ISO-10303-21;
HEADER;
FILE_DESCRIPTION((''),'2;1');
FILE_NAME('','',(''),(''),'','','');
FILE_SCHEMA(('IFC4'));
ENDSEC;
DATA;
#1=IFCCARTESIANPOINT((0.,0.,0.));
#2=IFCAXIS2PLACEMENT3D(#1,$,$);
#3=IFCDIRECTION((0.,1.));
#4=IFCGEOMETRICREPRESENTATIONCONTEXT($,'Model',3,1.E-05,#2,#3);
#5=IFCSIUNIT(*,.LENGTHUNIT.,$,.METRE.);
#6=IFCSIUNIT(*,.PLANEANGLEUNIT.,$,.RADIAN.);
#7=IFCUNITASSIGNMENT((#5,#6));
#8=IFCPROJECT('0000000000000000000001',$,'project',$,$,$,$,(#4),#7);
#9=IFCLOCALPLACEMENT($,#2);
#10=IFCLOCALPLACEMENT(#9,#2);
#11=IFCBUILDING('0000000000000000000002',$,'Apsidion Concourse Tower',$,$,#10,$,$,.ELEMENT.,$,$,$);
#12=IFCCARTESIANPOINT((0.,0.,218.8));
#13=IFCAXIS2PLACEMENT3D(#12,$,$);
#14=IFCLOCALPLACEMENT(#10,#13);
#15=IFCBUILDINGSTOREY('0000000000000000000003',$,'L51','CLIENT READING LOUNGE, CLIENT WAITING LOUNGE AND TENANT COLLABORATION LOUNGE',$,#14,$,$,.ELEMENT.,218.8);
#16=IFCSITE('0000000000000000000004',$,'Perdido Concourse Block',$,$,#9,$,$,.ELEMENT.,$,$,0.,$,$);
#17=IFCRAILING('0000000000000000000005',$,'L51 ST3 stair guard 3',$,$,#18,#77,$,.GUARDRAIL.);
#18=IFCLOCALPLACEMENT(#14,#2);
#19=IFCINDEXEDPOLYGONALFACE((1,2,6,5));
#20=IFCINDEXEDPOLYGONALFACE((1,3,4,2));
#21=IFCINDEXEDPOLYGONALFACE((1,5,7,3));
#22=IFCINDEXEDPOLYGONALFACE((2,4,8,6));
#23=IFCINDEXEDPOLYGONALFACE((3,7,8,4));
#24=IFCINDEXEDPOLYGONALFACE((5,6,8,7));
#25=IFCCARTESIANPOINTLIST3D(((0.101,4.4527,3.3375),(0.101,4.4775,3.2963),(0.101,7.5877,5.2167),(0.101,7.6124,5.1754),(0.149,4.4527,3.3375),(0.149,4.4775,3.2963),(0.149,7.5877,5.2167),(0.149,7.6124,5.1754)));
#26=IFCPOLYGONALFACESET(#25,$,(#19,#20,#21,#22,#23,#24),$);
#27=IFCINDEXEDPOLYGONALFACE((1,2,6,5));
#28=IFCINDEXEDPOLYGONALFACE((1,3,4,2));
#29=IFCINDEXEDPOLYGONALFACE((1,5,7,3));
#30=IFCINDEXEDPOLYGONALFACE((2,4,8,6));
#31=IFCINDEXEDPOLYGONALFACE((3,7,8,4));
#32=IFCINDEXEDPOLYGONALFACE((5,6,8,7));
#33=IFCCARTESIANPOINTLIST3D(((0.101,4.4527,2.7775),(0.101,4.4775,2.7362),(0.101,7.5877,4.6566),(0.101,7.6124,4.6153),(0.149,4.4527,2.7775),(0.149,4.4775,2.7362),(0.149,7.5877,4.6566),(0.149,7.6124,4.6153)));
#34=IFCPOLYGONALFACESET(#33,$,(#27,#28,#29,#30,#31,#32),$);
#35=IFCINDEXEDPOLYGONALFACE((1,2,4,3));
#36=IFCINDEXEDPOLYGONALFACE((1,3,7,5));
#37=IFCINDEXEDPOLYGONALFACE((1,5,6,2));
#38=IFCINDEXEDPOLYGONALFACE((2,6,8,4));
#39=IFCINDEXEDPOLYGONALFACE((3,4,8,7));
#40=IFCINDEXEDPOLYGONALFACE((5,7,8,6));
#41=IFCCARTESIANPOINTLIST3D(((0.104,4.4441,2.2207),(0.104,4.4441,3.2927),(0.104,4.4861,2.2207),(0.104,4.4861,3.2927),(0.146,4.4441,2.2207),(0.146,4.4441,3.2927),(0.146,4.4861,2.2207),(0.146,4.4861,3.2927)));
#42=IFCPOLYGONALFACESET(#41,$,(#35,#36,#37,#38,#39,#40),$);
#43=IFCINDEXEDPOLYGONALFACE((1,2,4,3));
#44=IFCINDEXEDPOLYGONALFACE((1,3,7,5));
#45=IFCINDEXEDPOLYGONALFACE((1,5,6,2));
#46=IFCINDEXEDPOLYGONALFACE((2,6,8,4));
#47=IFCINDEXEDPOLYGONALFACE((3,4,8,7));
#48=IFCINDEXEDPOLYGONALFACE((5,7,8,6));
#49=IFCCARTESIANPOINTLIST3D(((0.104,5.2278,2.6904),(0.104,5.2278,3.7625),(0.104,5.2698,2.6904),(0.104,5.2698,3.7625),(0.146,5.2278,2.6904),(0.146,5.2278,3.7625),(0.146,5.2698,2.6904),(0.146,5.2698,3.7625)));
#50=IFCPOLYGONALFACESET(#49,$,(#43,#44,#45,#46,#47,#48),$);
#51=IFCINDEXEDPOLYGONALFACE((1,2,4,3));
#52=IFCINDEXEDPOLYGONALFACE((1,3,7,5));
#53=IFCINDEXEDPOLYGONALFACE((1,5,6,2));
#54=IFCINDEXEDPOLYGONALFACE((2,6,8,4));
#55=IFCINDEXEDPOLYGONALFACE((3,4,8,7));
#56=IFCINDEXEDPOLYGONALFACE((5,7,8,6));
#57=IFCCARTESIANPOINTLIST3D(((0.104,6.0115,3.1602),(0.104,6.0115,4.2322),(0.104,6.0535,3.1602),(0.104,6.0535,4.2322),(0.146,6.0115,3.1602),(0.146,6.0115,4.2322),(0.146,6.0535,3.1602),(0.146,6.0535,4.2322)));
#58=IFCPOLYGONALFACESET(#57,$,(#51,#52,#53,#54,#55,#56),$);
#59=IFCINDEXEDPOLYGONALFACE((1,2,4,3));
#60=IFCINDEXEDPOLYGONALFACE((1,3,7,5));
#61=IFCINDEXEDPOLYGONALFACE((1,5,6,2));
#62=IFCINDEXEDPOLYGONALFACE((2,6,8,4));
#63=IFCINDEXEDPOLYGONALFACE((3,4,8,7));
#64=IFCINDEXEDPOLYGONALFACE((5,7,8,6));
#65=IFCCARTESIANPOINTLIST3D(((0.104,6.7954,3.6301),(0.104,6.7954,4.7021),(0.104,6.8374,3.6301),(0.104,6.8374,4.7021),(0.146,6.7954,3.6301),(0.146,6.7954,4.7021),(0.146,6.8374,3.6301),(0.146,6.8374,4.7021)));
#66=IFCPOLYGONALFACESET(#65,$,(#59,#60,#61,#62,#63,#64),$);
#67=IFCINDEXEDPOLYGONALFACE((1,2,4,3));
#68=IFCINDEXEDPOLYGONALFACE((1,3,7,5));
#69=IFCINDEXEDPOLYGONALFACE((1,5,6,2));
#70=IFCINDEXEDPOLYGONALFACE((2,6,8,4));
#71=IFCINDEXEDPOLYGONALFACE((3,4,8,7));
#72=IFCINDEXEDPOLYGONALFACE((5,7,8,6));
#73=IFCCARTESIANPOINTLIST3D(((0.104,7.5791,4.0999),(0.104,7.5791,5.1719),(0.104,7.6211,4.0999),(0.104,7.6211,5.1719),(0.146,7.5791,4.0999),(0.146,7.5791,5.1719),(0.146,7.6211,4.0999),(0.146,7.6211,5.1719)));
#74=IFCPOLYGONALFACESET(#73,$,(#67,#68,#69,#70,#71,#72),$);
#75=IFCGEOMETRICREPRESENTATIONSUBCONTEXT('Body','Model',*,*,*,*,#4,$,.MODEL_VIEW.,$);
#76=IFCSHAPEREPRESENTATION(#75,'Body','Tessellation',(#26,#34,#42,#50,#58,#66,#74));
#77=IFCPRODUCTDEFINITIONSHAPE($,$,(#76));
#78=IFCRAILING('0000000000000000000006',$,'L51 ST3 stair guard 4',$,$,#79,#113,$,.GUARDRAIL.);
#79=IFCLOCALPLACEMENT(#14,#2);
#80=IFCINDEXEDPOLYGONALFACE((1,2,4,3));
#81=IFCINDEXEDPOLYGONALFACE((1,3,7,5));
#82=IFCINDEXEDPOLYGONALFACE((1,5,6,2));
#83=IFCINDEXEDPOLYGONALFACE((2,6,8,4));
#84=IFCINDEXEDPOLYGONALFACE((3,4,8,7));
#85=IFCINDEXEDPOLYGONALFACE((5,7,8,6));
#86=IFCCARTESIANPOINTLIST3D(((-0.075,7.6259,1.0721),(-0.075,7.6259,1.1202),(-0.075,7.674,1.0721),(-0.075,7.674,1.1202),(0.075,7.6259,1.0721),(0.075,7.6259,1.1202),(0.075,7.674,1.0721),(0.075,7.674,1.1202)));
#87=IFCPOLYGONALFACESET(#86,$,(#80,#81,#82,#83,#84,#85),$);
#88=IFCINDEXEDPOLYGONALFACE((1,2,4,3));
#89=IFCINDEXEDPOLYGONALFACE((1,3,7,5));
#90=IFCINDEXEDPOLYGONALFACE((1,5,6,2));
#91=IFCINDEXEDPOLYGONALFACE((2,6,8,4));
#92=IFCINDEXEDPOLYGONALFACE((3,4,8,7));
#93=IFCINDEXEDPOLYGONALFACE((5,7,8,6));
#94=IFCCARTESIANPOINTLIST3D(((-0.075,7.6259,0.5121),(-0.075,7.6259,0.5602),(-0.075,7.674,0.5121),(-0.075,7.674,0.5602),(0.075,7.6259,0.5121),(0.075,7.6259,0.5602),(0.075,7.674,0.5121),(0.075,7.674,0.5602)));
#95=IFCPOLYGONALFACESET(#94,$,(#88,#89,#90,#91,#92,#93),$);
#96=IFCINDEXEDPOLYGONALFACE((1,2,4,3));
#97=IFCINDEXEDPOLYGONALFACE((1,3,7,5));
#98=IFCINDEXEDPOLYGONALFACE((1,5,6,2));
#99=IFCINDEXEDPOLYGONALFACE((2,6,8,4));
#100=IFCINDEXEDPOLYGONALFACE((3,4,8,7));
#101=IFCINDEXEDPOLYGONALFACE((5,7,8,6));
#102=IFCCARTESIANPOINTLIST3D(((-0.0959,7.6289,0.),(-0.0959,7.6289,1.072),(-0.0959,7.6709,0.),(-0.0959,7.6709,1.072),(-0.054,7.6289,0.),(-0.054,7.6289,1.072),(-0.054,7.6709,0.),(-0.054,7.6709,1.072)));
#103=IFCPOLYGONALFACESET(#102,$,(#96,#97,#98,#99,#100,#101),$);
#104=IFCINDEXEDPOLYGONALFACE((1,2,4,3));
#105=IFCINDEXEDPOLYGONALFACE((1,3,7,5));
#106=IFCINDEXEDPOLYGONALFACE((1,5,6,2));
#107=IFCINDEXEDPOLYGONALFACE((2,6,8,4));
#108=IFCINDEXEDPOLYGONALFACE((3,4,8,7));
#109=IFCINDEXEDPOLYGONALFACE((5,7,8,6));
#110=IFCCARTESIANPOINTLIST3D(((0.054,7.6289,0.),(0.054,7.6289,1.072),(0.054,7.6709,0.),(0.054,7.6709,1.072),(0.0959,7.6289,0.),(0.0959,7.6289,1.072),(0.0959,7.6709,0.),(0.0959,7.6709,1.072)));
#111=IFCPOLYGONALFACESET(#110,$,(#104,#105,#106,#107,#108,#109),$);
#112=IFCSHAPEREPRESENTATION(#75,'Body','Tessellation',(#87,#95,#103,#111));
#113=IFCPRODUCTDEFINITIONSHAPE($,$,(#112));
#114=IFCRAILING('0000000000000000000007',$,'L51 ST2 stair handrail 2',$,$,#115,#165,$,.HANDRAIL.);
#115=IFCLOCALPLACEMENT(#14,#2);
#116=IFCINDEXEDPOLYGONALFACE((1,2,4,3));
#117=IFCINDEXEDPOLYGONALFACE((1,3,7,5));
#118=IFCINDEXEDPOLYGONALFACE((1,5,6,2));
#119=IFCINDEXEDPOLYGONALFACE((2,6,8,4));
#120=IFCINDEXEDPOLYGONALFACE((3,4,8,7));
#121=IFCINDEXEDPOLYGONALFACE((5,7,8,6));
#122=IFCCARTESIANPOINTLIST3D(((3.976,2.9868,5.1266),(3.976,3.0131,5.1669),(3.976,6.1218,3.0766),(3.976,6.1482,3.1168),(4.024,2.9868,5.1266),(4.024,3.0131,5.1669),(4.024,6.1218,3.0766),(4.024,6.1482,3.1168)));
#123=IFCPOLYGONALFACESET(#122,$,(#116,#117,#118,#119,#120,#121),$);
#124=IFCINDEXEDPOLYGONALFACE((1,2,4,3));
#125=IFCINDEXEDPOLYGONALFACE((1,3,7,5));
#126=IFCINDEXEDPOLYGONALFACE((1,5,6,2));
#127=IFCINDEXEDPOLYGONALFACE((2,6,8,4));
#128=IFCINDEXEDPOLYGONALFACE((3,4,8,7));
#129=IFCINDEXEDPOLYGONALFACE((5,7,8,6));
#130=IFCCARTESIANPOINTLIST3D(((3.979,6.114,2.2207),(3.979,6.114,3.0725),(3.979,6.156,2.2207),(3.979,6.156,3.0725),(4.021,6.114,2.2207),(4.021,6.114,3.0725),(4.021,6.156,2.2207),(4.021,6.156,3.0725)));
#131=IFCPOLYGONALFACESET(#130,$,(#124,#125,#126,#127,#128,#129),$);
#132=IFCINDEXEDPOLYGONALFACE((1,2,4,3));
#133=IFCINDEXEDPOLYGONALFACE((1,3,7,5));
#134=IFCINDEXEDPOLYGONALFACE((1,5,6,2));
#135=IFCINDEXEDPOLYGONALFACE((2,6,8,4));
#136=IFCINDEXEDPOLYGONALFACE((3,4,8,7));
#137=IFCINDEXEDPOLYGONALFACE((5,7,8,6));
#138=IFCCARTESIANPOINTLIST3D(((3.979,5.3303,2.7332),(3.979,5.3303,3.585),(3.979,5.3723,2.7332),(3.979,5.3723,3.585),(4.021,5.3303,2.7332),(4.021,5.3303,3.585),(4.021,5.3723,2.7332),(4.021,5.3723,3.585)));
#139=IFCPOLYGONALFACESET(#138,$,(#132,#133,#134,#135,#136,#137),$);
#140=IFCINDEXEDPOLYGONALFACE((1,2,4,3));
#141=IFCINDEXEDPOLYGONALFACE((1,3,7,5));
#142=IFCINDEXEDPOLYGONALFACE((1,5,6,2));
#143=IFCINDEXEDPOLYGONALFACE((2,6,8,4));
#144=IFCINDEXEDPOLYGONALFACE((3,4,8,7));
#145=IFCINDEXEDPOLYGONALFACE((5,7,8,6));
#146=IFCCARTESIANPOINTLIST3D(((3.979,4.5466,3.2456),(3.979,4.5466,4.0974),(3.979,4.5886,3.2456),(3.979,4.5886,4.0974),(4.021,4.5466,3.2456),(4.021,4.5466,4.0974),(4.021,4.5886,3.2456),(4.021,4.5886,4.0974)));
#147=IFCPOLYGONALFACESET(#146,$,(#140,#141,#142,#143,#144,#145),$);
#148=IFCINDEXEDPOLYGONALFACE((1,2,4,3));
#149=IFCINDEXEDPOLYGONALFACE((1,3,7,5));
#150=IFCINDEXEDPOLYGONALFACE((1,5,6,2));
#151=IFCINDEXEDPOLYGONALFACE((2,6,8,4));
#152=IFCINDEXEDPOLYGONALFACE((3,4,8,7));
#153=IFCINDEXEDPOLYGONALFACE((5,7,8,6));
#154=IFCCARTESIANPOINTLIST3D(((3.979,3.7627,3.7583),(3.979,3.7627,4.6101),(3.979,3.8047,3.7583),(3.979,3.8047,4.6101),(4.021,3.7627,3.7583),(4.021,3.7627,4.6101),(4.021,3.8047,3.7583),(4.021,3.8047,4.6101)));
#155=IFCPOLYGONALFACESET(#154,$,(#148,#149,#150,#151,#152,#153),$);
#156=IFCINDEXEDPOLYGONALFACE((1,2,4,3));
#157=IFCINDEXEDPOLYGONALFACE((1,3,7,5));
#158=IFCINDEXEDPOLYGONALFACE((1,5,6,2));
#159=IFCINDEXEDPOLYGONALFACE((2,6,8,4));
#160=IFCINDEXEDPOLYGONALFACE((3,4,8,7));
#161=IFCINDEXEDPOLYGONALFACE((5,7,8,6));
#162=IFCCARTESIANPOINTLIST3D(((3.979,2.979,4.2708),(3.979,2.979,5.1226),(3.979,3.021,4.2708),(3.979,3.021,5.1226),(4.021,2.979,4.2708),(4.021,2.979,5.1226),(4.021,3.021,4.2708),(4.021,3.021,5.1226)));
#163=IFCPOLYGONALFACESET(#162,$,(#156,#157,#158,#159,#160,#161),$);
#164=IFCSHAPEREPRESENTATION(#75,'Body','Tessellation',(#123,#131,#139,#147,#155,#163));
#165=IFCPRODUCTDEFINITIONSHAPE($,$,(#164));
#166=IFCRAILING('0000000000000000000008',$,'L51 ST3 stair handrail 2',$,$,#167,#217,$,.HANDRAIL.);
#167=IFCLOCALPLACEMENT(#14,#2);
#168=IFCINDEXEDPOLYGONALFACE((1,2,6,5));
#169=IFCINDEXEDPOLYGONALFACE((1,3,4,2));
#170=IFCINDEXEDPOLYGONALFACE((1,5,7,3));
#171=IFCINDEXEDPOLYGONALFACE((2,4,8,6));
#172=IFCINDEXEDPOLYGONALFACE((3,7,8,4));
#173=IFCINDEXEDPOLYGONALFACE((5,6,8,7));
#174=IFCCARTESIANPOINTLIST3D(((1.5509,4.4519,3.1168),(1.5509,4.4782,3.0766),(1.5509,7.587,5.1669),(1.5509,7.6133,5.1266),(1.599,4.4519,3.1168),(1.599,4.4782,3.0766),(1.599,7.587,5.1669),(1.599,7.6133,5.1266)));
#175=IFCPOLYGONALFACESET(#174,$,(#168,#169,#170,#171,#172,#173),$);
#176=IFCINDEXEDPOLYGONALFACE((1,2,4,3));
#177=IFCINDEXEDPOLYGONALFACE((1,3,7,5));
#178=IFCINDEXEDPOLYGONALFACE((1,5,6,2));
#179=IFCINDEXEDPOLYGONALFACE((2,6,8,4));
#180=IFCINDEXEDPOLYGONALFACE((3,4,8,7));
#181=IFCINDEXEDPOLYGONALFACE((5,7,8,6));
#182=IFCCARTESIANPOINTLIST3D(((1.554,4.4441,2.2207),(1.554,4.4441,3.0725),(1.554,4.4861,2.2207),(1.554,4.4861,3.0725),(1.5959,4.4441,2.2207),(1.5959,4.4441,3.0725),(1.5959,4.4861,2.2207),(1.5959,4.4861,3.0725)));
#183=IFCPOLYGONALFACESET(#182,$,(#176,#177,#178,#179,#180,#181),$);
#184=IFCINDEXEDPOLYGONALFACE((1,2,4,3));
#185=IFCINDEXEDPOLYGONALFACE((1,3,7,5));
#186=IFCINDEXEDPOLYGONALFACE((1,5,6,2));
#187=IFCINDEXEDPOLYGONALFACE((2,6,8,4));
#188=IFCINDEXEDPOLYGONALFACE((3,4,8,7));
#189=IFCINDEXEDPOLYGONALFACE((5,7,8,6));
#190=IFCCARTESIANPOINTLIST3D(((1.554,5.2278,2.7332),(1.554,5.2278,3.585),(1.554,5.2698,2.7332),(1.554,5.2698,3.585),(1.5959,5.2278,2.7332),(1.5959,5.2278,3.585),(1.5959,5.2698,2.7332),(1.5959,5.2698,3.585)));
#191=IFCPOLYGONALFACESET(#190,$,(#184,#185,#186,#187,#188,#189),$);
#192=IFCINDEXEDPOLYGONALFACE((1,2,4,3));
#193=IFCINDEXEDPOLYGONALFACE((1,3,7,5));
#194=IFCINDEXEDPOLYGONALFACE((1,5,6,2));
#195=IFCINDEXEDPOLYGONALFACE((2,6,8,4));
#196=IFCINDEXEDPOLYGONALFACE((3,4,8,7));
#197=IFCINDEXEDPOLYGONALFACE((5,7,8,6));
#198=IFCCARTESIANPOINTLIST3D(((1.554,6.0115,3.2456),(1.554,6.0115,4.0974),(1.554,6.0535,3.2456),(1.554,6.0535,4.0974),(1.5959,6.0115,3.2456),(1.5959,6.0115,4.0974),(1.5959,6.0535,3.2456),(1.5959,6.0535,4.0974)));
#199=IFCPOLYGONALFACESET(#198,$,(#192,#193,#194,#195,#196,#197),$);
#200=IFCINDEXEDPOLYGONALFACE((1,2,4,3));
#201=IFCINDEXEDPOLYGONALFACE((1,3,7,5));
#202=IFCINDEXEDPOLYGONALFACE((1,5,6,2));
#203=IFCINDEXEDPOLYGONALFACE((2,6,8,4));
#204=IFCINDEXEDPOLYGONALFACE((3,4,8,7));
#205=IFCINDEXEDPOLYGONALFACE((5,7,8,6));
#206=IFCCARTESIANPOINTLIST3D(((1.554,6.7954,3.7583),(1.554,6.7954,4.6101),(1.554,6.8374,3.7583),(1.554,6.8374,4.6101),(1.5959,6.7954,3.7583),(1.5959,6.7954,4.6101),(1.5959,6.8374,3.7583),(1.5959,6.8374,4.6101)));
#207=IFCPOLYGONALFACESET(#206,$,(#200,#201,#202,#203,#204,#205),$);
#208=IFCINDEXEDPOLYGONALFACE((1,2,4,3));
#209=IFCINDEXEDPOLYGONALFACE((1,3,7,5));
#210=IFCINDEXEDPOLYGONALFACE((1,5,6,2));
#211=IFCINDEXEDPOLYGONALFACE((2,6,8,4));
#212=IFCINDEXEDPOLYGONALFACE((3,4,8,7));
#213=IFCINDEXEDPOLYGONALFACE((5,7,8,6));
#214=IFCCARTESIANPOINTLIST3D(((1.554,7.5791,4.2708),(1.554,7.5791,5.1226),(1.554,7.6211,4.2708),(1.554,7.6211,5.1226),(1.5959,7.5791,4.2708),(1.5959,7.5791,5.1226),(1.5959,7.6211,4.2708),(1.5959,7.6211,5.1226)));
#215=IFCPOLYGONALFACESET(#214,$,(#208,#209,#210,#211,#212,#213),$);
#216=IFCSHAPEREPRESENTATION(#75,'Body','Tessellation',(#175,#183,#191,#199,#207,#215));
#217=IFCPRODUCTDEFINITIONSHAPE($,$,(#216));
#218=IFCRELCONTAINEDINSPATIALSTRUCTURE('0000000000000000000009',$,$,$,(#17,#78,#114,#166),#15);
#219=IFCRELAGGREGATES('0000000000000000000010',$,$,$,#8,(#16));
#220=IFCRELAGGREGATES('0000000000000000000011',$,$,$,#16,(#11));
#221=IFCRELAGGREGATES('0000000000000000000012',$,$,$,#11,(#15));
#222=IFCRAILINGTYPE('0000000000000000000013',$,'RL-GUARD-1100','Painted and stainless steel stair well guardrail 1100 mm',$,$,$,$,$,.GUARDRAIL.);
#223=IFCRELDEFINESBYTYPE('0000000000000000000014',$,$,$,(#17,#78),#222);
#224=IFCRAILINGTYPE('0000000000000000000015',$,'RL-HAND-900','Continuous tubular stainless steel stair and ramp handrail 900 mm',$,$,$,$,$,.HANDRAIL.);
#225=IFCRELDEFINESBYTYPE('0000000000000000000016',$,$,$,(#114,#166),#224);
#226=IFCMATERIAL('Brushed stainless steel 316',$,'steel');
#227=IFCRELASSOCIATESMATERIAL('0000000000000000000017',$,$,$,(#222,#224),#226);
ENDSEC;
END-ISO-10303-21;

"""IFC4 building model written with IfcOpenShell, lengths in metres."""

from ifc_helpers import new_model, si_unit, direction, frame, origin, origin_2d, place, context, subcontext, project, spatial, rectangle, extrude, material, type_object, element, save


model = new_model("IFC4")

# Units and contexts
model_context = context("Model", 3, precision=1e-05, world=origin(), true_north=direction((0.0, 1.0)))
body_context = subcontext(model_context, "Body", "Model", "MODEL_VIEW")
ifc_project = project(units=[si_unit("LENGTHUNIT", "METRE"), si_unit("PLANEANGLEUNIT", "RADIAN")], contexts=[model_context])

# Site, building, storey
site_placement = place(None, origin())
site = spatial("IfcSite", under=ifc_project, at=site_placement, Name="Perdido Concourse Block", CompositionType="ELEMENT", RefElevation=0.0)
building_placement = place(site_placement, origin())
building = spatial("IfcBuilding", under=site, at=building_placement, Name="Apsidion Concourse Tower", CompositionType="ELEMENT")
storey_placement = place(building_placement, frame((0.0, 0.0, 218.8)))
storey = spatial("IfcBuildingStorey", under=building, at=storey_placement, Name="L51", Description="CLIENT READING LOUNGE, CLIENT WAITING LOUNGE AND TENANT COLLABORATION LOUNGE", CompositionType="ELEMENT", Elevation=218.8)

# Railings
ifc_material_1 = material(Name="Brushed stainless steel 316", Category="steel")
railing_type_1 = type_object("IfcRailingType", Name="RL-GUARD-1100", Description="Painted and stainless steel stair well guardrail 1100 mm", PredefinedType="GUARDRAIL", material=ifc_material_1)
railing_1_placement = place(storey_placement, frame((0.125, 4.4651, 2.2207)))
element("IfcRailing", 1, at=railing_1_placement, inside=storey, type_object=railing_type_1, Name="L51 ST3 stair guard 3", PredefinedType="GUARDRAIL", context=body_context, shape_type="SweptSolid", body=[
    extrude(rectangle(XDim=0.0481, YDim=0.0481, at=origin_2d()), frame((0.0, 0.0, 1.0962), z_axis=(0.0, 0.857717, 0.514122), x_axis=(-1.0, 0.0, 0.0)), (0.0, 0.0, 1.0), 3.655),
    extrude(rectangle(XDim=0.0481, YDim=0.0481, at=origin_2d()), frame((0.0, 0.0, 0.5361), z_axis=(0.0, 0.857717, 0.514122), x_axis=(-1.0, 0.0, 0.0)), (0.0, 0.0, 1.0), 3.655),
    extrude(rectangle(XDim=0.042, YDim=0.042, at=origin_2d()), origin(), (0.0, 0.0, 1.0), 1.072),
    extrude(rectangle(XDim=0.042, YDim=0.042, at=origin_2d()), frame((0.0, 0.7837, 0.4697)), (0.0, 0.0, 1.0), 1.072),
    extrude(rectangle(XDim=0.042, YDim=0.042, at=origin_2d()), frame((0.0, 1.5674, 0.9395)), (0.0, 0.0, 1.0), 1.072),
    extrude(rectangle(XDim=0.042, YDim=0.042, at=origin_2d()), frame((0.0, 2.3513, 1.4094)), (0.0, 0.0, 1.0), 1.072),
    extrude(rectangle(XDim=0.042, YDim=0.042, at=origin_2d()), frame((0.0, 3.135, 1.8792)), (0.0, 0.0, 1.0), 1.072),
])
railing_2_placement = place(storey_placement, frame((-0.075, 7.6499, 0.0)))
element("IfcRailing", 2, at=railing_2_placement, inside=storey, type_object=railing_type_1, Name="L51 ST3 stair guard 4", PredefinedType="GUARDRAIL", context=body_context, shape_type="SweptSolid", body=[
    extrude(rectangle(XDim=0.0481, YDim=0.0481, at=origin_2d()), frame((0.0, 0.0, 1.0962), z_axis=(1.0, 0.0, 0.0), x_axis=(0.0, 1.0, 0.0)), (0.0, 0.0, 1.0), 0.1499),
    extrude(rectangle(XDim=0.0481, YDim=0.0481, at=origin_2d()), frame((0.0, 0.0, 0.5361), z_axis=(1.0, 0.0, 0.0), x_axis=(0.0, 1.0, 0.0)), (0.0, 0.0, 1.0), 0.1499),
    extrude(rectangle(XDim=0.042, YDim=0.042, at=origin_2d()), origin(), (0.0, 0.0, 1.0), 1.072),
    extrude(rectangle(XDim=0.042, YDim=0.042, at=origin_2d()), frame((0.1499, 0.0, 0.0)), (0.0, 0.0, 1.0), 1.072),
])
railing_type_2 = type_object("IfcRailingType", Name="RL-HAND-900", Description="Continuous tubular stainless steel stair and ramp handrail 900 mm", PredefinedType="HANDRAIL", material=ifc_material_1)
railing_3_placement = place(storey_placement, frame((4.0, 6.135, 2.2207)))
element("IfcRailing", 3, at=railing_3_placement, inside=storey, type_object=railing_type_2, Name="L51 ST2 stair handrail 2", PredefinedType="HANDRAIL", context=body_context, shape_type="SweptSolid", body=[
    extrude(rectangle(XDim=0.0481, YDim=0.0481, at=origin_2d()), frame((0.0, 0.0, 0.876), z_axis=(0.0, -0.836941, 0.547293), x_axis=(1.0, 0.0, 0.0)), (0.0, 0.0, 1.0), 3.7458),
    extrude(rectangle(XDim=0.042, YDim=0.042, at=origin_2d()), origin(), (0.0, 0.0, 1.0), 0.8518),
    extrude(rectangle(XDim=0.042, YDim=0.042, at=origin_2d()), frame((0.0, -0.7837, 0.5125)), (0.0, 0.0, 1.0), 0.8518),
    extrude(rectangle(XDim=0.042, YDim=0.042, at=origin_2d()), frame((0.0, -1.5674, 1.0249)), (0.0, 0.0, 1.0), 0.8518),
    extrude(rectangle(XDim=0.042, YDim=0.042, at=origin_2d()), frame((0.0, -2.3513, 1.5376)), (0.0, 0.0, 1.0), 0.8518),
    extrude(rectangle(XDim=0.042, YDim=0.042, at=origin_2d()), frame((0.0, -3.135, 2.05)), (0.0, 0.0, 1.0), 0.8518),
])
railing_4_placement = place(storey_placement, frame((1.575, 4.4651, 2.2207)))
element("IfcRailing", 4, at=railing_4_placement, inside=storey, type_object=railing_type_2, Name="L51 ST3 stair handrail 2", PredefinedType="HANDRAIL", context=body_context, shape_type="SweptSolid", body=[
    extrude(rectangle(XDim=0.0481, YDim=0.0481, at=origin_2d()), frame((0.0, 0.0, 0.876), z_axis=(0.0, 0.836941, 0.547293), x_axis=(-1.0, 0.0, 0.0)), (0.0, 0.0, 1.0), 3.7458),
    extrude(rectangle(XDim=0.042, YDim=0.042, at=origin_2d()), origin(), (0.0, 0.0, 1.0), 0.8518),
    extrude(rectangle(XDim=0.042, YDim=0.042, at=origin_2d()), frame((0.0, 0.7837, 0.5125)), (0.0, 0.0, 1.0), 0.8518),
    extrude(rectangle(XDim=0.042, YDim=0.042, at=origin_2d()), frame((0.0, 1.5674, 1.0249)), (0.0, 0.0, 1.0), 0.8518),
    extrude(rectangle(XDim=0.042, YDim=0.042, at=origin_2d()), frame((0.0, 2.3513, 1.5376)), (0.0, 0.0, 1.0), 0.8518),
    extrude(rectangle(XDim=0.042, YDim=0.042, at=origin_2d()), frame((0.0, 3.135, 2.05)), (0.0, 0.0, 1.0), 0.8518),
])

save(model, "model.ifc")
